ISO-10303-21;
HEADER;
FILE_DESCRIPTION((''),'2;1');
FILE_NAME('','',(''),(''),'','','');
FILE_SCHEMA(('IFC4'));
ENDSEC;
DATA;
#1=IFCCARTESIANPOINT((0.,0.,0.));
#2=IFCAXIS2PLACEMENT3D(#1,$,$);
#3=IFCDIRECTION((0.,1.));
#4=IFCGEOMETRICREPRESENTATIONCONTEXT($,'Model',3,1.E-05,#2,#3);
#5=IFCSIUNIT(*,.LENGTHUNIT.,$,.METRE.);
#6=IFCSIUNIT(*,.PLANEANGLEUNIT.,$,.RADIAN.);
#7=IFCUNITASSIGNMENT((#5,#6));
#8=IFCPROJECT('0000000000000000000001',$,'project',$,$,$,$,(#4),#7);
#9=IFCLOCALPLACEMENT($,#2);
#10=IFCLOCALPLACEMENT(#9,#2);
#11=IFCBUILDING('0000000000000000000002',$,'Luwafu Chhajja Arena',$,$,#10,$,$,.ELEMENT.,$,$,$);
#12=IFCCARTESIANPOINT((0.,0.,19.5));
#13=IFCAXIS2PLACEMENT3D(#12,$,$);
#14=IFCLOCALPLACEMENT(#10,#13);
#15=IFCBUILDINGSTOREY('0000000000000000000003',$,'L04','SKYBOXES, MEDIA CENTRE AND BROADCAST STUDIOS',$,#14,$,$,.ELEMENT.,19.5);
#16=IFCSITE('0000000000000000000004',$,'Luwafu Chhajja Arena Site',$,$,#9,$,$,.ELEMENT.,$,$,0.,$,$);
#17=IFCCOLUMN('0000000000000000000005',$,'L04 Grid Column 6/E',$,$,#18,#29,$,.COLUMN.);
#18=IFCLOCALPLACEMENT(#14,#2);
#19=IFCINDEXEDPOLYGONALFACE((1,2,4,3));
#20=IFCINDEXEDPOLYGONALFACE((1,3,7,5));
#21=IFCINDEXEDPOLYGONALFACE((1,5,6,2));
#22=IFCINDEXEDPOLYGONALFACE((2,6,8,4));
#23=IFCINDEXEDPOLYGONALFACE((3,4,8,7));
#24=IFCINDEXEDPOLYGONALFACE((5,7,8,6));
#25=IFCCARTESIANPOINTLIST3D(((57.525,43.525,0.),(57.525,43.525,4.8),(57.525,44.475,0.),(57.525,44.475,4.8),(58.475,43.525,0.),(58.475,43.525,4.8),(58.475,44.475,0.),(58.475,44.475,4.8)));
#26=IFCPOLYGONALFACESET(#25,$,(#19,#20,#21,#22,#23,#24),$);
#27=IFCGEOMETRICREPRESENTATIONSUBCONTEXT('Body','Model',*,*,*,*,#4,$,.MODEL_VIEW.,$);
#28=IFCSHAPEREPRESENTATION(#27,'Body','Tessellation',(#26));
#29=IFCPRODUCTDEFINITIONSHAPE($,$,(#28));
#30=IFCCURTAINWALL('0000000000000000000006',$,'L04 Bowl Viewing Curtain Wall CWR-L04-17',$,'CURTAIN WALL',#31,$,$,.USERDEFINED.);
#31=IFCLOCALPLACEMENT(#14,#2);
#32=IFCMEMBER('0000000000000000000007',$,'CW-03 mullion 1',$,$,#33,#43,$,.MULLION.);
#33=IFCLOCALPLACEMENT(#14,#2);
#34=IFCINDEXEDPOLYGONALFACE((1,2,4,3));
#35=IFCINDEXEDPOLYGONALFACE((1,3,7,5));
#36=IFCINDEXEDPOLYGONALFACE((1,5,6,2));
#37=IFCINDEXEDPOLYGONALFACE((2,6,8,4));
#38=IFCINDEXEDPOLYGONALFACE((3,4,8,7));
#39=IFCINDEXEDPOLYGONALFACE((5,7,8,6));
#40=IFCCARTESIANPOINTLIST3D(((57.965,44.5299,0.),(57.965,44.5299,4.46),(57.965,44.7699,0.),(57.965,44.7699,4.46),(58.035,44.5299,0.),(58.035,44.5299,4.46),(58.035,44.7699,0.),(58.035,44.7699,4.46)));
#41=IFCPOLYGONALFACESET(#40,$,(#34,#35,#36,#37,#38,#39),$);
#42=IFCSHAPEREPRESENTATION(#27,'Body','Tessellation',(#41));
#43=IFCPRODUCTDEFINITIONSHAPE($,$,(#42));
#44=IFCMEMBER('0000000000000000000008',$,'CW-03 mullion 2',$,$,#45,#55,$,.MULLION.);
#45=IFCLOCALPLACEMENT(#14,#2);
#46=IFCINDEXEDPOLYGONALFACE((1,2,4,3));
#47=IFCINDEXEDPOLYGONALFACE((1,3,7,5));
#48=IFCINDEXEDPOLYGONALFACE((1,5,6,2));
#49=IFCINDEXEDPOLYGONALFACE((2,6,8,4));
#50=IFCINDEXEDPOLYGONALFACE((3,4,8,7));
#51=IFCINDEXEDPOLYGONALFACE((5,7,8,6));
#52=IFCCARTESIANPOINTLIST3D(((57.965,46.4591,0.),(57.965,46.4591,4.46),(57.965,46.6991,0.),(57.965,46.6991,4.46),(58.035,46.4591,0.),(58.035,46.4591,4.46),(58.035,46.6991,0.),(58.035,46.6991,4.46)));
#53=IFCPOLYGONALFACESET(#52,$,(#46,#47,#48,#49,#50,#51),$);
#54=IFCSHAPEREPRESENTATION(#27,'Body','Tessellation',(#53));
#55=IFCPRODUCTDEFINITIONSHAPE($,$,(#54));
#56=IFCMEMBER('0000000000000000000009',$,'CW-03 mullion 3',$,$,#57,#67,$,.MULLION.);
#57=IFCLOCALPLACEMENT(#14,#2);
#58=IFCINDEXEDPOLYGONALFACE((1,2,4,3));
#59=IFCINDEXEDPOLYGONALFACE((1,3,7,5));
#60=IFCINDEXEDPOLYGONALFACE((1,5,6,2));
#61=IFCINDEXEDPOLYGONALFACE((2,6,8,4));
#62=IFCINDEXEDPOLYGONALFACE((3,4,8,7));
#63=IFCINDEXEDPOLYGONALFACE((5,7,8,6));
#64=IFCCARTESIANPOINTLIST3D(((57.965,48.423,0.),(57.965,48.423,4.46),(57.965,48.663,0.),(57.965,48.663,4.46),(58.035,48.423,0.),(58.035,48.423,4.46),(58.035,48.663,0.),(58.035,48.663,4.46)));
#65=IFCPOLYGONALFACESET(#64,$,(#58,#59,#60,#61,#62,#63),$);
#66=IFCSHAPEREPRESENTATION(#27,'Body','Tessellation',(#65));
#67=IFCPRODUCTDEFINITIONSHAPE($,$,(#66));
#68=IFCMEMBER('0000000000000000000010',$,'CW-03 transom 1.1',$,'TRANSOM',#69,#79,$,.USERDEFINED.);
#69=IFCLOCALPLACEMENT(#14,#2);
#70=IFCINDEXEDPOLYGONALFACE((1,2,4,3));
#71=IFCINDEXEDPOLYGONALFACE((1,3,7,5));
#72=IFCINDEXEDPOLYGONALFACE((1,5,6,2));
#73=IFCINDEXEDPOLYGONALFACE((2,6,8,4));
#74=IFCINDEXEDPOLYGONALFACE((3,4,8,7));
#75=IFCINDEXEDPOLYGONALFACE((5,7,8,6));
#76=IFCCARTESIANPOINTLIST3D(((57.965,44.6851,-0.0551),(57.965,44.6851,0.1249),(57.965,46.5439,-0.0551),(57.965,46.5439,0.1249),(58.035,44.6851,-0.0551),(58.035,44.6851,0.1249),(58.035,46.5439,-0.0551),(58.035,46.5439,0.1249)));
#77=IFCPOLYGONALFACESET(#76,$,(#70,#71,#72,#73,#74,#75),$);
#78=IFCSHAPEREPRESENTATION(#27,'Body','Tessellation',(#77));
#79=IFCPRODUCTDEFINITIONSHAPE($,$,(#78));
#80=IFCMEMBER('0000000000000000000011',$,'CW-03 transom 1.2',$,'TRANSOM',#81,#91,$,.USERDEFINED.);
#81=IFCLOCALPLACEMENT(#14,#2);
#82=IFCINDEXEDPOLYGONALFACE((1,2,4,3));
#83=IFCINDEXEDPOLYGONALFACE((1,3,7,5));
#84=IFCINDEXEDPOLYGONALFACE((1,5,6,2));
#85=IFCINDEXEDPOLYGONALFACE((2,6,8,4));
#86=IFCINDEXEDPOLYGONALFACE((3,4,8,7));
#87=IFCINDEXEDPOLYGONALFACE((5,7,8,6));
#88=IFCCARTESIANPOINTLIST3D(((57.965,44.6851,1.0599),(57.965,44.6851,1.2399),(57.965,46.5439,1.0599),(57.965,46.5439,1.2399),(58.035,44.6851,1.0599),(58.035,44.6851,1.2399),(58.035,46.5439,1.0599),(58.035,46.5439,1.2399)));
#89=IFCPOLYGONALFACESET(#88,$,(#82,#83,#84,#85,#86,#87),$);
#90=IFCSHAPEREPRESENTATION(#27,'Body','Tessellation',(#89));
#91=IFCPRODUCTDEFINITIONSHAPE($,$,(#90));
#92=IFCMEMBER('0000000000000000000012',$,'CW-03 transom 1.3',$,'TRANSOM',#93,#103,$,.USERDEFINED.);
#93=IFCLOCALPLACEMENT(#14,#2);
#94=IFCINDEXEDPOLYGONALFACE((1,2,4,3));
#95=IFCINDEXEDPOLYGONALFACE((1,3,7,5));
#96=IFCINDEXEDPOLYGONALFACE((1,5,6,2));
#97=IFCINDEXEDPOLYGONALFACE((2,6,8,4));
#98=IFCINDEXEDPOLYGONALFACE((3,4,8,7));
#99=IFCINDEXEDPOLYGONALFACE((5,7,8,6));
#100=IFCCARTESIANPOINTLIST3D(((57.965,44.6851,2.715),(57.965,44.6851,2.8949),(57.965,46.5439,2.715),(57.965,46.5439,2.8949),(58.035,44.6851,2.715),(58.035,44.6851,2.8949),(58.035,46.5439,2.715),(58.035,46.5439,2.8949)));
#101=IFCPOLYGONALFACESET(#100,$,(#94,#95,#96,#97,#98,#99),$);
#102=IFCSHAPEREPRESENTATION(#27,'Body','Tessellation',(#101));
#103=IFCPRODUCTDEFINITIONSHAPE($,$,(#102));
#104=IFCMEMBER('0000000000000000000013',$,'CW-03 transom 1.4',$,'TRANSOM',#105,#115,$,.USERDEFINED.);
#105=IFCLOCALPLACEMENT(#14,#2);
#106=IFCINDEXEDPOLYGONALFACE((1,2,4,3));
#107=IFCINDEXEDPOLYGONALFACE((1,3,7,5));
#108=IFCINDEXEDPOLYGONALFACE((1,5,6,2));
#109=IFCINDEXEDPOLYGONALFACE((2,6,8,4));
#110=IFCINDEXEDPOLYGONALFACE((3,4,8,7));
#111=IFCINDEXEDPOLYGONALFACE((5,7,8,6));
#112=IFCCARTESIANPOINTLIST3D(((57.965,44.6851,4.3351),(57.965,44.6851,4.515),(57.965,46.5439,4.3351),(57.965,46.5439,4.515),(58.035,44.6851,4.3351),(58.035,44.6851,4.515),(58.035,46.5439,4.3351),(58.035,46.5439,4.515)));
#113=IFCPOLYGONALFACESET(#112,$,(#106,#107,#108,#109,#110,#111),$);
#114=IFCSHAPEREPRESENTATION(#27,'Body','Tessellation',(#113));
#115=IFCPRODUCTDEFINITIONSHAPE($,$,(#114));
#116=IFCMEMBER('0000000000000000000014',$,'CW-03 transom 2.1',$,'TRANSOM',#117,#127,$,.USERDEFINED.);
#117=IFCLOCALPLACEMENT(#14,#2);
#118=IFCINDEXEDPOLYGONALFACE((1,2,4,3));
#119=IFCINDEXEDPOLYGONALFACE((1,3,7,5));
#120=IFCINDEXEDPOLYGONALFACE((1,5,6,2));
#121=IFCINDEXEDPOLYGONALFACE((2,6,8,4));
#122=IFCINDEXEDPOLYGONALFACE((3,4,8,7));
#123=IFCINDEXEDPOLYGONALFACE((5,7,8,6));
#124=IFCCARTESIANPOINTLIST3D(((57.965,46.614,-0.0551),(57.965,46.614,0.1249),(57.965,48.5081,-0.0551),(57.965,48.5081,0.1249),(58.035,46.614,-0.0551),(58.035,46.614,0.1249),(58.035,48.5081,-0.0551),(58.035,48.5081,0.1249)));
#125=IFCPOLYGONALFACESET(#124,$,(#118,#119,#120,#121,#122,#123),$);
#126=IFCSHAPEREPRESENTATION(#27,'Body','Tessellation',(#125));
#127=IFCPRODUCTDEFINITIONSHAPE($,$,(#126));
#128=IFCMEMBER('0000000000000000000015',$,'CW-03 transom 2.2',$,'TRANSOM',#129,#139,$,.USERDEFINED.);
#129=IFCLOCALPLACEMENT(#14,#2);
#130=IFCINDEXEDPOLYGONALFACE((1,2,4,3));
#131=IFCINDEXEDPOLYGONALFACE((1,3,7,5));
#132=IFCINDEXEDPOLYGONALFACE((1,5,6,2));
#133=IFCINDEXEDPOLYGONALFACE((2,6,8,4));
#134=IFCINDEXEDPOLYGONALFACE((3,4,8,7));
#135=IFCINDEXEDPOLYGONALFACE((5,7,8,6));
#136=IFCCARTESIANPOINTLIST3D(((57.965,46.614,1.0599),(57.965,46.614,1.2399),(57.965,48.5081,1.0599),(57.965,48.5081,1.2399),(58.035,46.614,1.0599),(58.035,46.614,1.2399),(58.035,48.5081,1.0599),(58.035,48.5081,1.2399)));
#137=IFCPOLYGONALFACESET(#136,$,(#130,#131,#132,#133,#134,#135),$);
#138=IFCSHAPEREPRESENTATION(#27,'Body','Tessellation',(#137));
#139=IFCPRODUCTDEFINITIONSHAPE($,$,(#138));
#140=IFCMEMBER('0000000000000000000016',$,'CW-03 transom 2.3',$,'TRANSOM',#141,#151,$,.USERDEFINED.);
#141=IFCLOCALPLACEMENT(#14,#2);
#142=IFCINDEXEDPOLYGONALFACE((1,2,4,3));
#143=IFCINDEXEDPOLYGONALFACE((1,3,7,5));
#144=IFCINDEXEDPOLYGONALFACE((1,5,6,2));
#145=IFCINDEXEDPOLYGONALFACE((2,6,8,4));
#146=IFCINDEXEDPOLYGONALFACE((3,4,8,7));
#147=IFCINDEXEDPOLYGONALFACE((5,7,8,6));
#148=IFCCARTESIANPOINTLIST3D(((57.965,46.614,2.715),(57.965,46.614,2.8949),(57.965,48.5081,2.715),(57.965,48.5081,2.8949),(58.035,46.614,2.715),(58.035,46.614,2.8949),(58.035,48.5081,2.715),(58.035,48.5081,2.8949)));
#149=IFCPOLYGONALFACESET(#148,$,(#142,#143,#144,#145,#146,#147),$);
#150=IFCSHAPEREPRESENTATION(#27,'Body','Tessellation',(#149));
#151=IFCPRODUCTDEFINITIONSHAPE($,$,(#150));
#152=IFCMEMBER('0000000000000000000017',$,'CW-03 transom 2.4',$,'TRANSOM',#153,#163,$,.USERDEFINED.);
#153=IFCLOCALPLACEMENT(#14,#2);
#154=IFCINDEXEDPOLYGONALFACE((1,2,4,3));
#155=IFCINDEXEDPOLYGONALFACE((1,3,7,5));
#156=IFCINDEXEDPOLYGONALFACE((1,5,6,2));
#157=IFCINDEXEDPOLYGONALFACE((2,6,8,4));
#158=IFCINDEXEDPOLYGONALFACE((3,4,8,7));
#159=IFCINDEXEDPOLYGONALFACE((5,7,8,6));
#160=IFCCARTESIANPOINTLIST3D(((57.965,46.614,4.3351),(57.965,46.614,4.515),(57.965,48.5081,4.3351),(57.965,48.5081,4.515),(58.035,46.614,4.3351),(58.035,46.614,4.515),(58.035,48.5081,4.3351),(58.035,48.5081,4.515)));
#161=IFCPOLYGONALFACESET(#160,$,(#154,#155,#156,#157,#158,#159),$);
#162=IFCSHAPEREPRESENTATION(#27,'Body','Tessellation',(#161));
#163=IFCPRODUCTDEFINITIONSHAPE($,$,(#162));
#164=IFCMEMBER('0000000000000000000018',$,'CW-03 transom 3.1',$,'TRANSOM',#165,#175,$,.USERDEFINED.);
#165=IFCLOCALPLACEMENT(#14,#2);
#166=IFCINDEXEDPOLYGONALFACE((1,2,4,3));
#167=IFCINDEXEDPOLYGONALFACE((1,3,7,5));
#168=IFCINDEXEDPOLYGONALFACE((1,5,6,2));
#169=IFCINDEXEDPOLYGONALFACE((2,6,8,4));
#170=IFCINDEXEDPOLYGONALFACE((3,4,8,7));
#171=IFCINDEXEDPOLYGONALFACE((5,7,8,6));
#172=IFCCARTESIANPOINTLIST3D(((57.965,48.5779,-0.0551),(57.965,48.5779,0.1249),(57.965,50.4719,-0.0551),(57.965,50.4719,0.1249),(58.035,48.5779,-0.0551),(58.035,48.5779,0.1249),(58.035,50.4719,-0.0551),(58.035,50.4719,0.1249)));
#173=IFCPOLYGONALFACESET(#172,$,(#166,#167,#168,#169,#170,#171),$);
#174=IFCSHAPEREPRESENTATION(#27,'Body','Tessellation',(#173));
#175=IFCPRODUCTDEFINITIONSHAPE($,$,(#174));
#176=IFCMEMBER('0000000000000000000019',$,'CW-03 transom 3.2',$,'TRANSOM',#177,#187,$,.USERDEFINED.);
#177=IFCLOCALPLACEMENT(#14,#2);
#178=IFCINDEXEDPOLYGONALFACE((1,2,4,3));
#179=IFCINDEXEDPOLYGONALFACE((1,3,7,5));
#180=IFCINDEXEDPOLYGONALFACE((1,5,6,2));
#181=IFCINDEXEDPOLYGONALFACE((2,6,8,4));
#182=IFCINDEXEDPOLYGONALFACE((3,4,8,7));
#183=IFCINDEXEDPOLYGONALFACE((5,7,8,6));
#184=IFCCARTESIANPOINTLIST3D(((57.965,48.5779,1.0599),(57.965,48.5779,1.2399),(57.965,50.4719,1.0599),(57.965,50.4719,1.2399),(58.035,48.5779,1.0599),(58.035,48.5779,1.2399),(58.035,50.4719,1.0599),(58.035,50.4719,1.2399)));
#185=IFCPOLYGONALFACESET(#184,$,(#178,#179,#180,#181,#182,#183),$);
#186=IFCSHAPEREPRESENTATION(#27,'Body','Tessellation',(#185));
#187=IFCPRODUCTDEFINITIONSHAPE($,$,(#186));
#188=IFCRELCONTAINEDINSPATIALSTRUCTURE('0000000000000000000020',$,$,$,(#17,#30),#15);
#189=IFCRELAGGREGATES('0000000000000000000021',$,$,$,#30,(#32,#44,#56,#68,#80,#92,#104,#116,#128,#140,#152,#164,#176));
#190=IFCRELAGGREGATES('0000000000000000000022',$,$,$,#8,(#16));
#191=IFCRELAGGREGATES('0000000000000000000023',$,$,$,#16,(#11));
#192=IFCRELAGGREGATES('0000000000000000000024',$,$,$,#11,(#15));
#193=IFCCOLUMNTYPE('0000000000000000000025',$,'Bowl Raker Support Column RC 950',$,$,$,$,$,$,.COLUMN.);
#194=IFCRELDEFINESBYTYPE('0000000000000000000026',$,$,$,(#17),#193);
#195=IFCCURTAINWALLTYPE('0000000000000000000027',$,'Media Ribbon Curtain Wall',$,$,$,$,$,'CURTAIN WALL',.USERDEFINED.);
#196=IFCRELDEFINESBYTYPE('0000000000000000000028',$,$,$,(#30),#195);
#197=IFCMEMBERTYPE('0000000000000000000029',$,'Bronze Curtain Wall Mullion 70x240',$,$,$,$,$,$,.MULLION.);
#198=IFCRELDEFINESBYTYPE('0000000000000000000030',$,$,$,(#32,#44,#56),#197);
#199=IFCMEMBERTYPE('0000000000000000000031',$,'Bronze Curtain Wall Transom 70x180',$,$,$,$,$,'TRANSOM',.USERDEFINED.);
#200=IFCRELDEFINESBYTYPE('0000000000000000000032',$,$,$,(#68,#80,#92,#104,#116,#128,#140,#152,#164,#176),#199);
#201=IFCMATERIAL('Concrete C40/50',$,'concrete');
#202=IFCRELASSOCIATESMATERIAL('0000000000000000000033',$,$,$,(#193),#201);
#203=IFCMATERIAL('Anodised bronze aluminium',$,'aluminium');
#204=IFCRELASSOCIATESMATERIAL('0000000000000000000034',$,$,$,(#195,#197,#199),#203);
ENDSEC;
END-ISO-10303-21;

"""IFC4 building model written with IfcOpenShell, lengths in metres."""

from ifc_helpers import new_model, si_unit, direction, frame, origin, origin_2d, place, context, subcontext, project, spatial, rectangle, extrude, material, material_profile, profile_set, type_object, element, aggregate, save


model = new_model("IFC4")

# Units and contexts
model_context = context("Model", 3, precision=1e-05, world=origin(), true_north=direction((0.0, 1.0)))
body_context = subcontext(model_context, "Body", "Model", "MODEL_VIEW")
ifc_project = project(units=[si_unit("LENGTHUNIT", "METRE"), si_unit("PLANEANGLEUNIT", "RADIAN")], contexts=[model_context])

# Site, building, storey
site_placement = place(None, origin())
site = spatial("IfcSite", under=ifc_project, at=site_placement, Name="Luwafu Chhajja Arena Site", CompositionType="ELEMENT", RefElevation=0.0)
building_placement = place(site_placement, origin())
building = spatial("IfcBuilding", under=site, at=building_placement, Name="Luwafu Chhajja Arena", CompositionType="ELEMENT")
storey_placement = place(building_placement, frame((0.0, 0.0, 19.5)))
storey = spatial("IfcBuildingStorey", under=building, at=storey_placement, Name="L04", Description="SKYBOXES, MEDIA CENTRE AND BROADCAST STUDIOS", CompositionType="ELEMENT", Elevation=19.5)

# Column
ifc_material_1 = material(Name="Concrete C40/50", Category="concrete")
ifc_material_profile_1 = material_profile(ifc_material_1, rectangle(XDim=0.95, YDim=0.95, at=origin_2d()), Name="RC 950x950")
ifc_profile_set_1 = profile_set([ifc_material_profile_1], Name="Concrete C40/50")
column_type = type_object("IfcColumnType", Name="Bowl Raker Support Column RC 950", PredefinedType="COLUMN", material=ifc_profile_set_1)
column_placement = place(storey_placement, frame((58.0, 44.0, 0.0), z_axis=(0.0, 0.0, 1.0), x_axis=(1.0, 0.0, 0.0)))
element("IfcColumn", 1, at=column_placement, inside=storey, type_object=column_type, Name="L04 Grid Column 6/E", PredefinedType="COLUMN", context=body_context, shape_type="SweptSolid", body=[
    extrude(rectangle(XDim=0.95, YDim=0.95, at=origin_2d()), origin(), (0.0, 0.0, 1.0), 4.8),
])

# Curtain wall, members
ifc_material_2 = material(Name="Anodised bronze aluminium", Category="aluminium")
curtain_wall_type = type_object("IfcCurtainWallType", Name="Media Ribbon Curtain Wall", ElementType="CURTAIN WALL", PredefinedType="USERDEFINED", material=ifc_material_2)
curtain_wall_placement = place(storey_placement, origin())
curtain_wall = element("IfcCurtainWall", 2, at=curtain_wall_placement, inside=storey, type_object=curtain_wall_type, Name="L04 Bowl Viewing Curtain Wall CWR-L04-17", ObjectType="CURTAIN WALL", PredefinedType="USERDEFINED")
ifc_material_profile_2 = material_profile(ifc_material_2, rectangle(XDim=0.0701, YDim=0.24, at=origin_2d()), Name="CWM 70x240")
ifc_profile_set_2 = profile_set([ifc_material_profile_2], Name="Anodised bronze aluminium")
member_type_1 = type_object("IfcMemberType", Name="Bronze Curtain Wall Mullion 70x240", PredefinedType="MULLION", material=ifc_profile_set_2)
member_1_placement = place(storey_placement, frame((58.0, 44.6499, 0.0), z_axis=(0.0, 0.0, 1.0), x_axis=(-1.0, 0.0, 0.0)))
member_1 = element("IfcMember", 3, at=member_1_placement, type_object=member_type_1, Name="CW-03 mullion 1", PredefinedType="MULLION", context=body_context, shape_type="SweptSolid", body=[
    extrude(rectangle(XDim=0.0701, YDim=0.24, at=origin_2d()), origin(), (0.0, 0.0, 1.0), 4.46),
])
member_2_placement = place(storey_placement, frame((58.0, 46.5791, 0.0), z_axis=(0.0, 0.0, 1.0), x_axis=(-1.0, 0.0, 0.0)))
member_2 = element("IfcMember", 4, at=member_2_placement, type_object=member_type_1, Name="CW-03 mullion 2", PredefinedType="MULLION", context=body_context, shape_type="SweptSolid", body=[
    extrude(rectangle(XDim=0.0701, YDim=0.24, at=origin_2d()), origin(), (0.0, 0.0, 1.0), 4.46),
])
member_3_placement = place(storey_placement, frame((58.0, 48.543, 0.0), z_axis=(0.0, 0.0, 1.0), x_axis=(-1.0, 0.0, 0.0)))
member_3 = element("IfcMember", 5, at=member_3_placement, type_object=member_type_1, Name="CW-03 mullion 3", PredefinedType="MULLION", context=body_context, shape_type="SweptSolid", body=[
    extrude(rectangle(XDim=0.0701, YDim=0.24, at=origin_2d()), origin(), (0.0, 0.0, 1.0), 4.46),
])
ifc_material_profile_3 = material_profile(ifc_material_2, rectangle(XDim=0.0701, YDim=0.1799, at=origin_2d()), Name="CWT 70x180")
ifc_profile_set_3 = profile_set([ifc_material_profile_3], Name="Anodised bronze aluminium")
member_type_2 = type_object("IfcMemberType", Name="Bronze Curtain Wall Transom 70x180", ElementType="TRANSOM", PredefinedType="USERDEFINED", material=ifc_profile_set_3)
member_4_placement = place(storey_placement, frame((58.0, 44.6851, 0.0349), z_axis=(0.0, 1.0, 0.0), x_axis=(-1.0, 0.0, 0.0)))
member_4 = element("IfcMember", 6, at=member_4_placement, type_object=member_type_2, Name="CW-03 transom 1.1", ObjectType="TRANSOM", PredefinedType="USERDEFINED", context=body_context, shape_type="SweptSolid", body=[
    extrude(rectangle(XDim=0.0701, YDim=0.1799, at=origin_2d()), origin(), (0.0, 0.0, 1.0), 1.8589),
])
member_5_placement = place(storey_placement, frame((58.0, 44.6851, 1.1499), z_axis=(0.0, 1.0, 0.0), x_axis=(-1.0, 0.0, 0.0)))
member_5 = element("IfcMember", 7, at=member_5_placement, type_object=member_type_2, Name="CW-03 transom 1.2", ObjectType="TRANSOM", PredefinedType="USERDEFINED", context=body_context, shape_type="SweptSolid", body=[
    extrude(rectangle(XDim=0.0701, YDim=0.1799, at=origin_2d()), origin(), (0.0, 0.0, 1.0), 1.8589),
])
member_6_placement = place(storey_placement, frame((58.0, 44.6851, 2.8049), z_axis=(0.0, 1.0, 0.0), x_axis=(-1.0, 0.0, 0.0)))
member_6 = element("IfcMember", 8, at=member_6_placement, type_object=member_type_2, Name="CW-03 transom 1.3", ObjectType="TRANSOM", PredefinedType="USERDEFINED", context=body_context, shape_type="SweptSolid", body=[
    extrude(rectangle(XDim=0.0701, YDim=0.1799, at=origin_2d()), origin(), (0.0, 0.0, 1.0), 1.8589),
])
member_7_placement = place(storey_placement, frame((58.0, 44.6851, 4.425), z_axis=(0.0, 1.0, 0.0), x_axis=(-1.0, 0.0, 0.0)))
member_7 = element("IfcMember", 9, at=member_7_placement, type_object=member_type_2, Name="CW-03 transom 1.4", ObjectType="TRANSOM", PredefinedType="USERDEFINED", context=body_context, shape_type="SweptSolid", body=[
    extrude(rectangle(XDim=0.0701, YDim=0.1799, at=origin_2d()), origin(), (0.0, 0.0, 1.0), 1.8589),
])
member_8_placement = place(storey_placement, frame((58.0, 46.614, 0.0349), z_axis=(0.0, 1.0, 0.0), x_axis=(-1.0, 0.0, 0.0)))
member_8 = element("IfcMember", 10, at=member_8_placement, type_object=member_type_2, Name="CW-03 transom 2.1", ObjectType="TRANSOM", PredefinedType="USERDEFINED", context=body_context, shape_type="SweptSolid", body=[
    extrude(rectangle(XDim=0.0701, YDim=0.1799, at=origin_2d()), origin(), (0.0, 0.0, 1.0), 1.894),
])
member_9_placement = place(storey_placement, frame((58.0, 46.614, 1.1499), z_axis=(0.0, 1.0, 0.0), x_axis=(-1.0, 0.0, 0.0)))
member_9 = element("IfcMember", 11, at=member_9_placement, type_object=member_type_2, Name="CW-03 transom 2.2", ObjectType="TRANSOM", PredefinedType="USERDEFINED", context=body_context, shape_type="SweptSolid", body=[
    extrude(rectangle(XDim=0.0701, YDim=0.1799, at=origin_2d()), origin(), (0.0, 0.0, 1.0), 1.894),
])
member_10_placement = place(storey_placement, frame((58.0, 46.614, 2.8049), z_axis=(0.0, 1.0, 0.0), x_axis=(-1.0, 0.0, 0.0)))
member_10 = element("IfcMember", 12, at=member_10_placement, type_object=member_type_2, Name="CW-03 transom 2.3", ObjectType="TRANSOM", PredefinedType="USERDEFINED", context=body_context, shape_type="SweptSolid", body=[
    extrude(rectangle(XDim=0.0701, YDim=0.1799, at=origin_2d()), origin(), (0.0, 0.0, 1.0), 1.894),
])
member_11_placement = place(storey_placement, frame((58.0, 46.614, 4.425), z_axis=(0.0, 1.0, 0.0), x_axis=(-1.0, 0.0, 0.0)))
member_11 = element("IfcMember", 13, at=member_11_placement, type_object=member_type_2, Name="CW-03 transom 2.4", ObjectType="TRANSOM", PredefinedType="USERDEFINED", context=body_context, shape_type="SweptSolid", body=[
    extrude(rectangle(XDim=0.0701, YDim=0.1799, at=origin_2d()), origin(), (0.0, 0.0, 1.0), 1.894),
])
member_12_placement = place(storey_placement, frame((58.0, 48.5779, 0.0349), z_axis=(0.0, 1.0, 0.0), x_axis=(-1.0, 0.0, 0.0)))
member_12 = element("IfcMember", 14, at=member_12_placement, type_object=member_type_2, Name="CW-03 transom 3.1", ObjectType="TRANSOM", PredefinedType="USERDEFINED", context=body_context, shape_type="SweptSolid", body=[
    extrude(rectangle(XDim=0.0701, YDim=0.1799, at=origin_2d()), origin(), (0.0, 0.0, 1.0), 1.894),
])
member_13_placement = place(storey_placement, frame((58.0, 48.5779, 1.1499), z_axis=(0.0, 1.0, 0.0), x_axis=(-1.0, 0.0, 0.0)))
member_13 = element("IfcMember", 15, at=member_13_placement, type_object=member_type_2, Name="CW-03 transom 3.2", ObjectType="TRANSOM", PredefinedType="USERDEFINED", context=body_context, shape_type="SweptSolid", body=[
    extrude(rectangle(XDim=0.0701, YDim=0.1799, at=origin_2d()), origin(), (0.0, 0.0, 1.0), 1.894),
])

aggregate(curtain_wall, [member_1, member_2, member_3, member_4, member_5, member_6, member_7, member_8, member_9, member_10, member_11, member_12, member_13])

save(model, "model.ifc")
